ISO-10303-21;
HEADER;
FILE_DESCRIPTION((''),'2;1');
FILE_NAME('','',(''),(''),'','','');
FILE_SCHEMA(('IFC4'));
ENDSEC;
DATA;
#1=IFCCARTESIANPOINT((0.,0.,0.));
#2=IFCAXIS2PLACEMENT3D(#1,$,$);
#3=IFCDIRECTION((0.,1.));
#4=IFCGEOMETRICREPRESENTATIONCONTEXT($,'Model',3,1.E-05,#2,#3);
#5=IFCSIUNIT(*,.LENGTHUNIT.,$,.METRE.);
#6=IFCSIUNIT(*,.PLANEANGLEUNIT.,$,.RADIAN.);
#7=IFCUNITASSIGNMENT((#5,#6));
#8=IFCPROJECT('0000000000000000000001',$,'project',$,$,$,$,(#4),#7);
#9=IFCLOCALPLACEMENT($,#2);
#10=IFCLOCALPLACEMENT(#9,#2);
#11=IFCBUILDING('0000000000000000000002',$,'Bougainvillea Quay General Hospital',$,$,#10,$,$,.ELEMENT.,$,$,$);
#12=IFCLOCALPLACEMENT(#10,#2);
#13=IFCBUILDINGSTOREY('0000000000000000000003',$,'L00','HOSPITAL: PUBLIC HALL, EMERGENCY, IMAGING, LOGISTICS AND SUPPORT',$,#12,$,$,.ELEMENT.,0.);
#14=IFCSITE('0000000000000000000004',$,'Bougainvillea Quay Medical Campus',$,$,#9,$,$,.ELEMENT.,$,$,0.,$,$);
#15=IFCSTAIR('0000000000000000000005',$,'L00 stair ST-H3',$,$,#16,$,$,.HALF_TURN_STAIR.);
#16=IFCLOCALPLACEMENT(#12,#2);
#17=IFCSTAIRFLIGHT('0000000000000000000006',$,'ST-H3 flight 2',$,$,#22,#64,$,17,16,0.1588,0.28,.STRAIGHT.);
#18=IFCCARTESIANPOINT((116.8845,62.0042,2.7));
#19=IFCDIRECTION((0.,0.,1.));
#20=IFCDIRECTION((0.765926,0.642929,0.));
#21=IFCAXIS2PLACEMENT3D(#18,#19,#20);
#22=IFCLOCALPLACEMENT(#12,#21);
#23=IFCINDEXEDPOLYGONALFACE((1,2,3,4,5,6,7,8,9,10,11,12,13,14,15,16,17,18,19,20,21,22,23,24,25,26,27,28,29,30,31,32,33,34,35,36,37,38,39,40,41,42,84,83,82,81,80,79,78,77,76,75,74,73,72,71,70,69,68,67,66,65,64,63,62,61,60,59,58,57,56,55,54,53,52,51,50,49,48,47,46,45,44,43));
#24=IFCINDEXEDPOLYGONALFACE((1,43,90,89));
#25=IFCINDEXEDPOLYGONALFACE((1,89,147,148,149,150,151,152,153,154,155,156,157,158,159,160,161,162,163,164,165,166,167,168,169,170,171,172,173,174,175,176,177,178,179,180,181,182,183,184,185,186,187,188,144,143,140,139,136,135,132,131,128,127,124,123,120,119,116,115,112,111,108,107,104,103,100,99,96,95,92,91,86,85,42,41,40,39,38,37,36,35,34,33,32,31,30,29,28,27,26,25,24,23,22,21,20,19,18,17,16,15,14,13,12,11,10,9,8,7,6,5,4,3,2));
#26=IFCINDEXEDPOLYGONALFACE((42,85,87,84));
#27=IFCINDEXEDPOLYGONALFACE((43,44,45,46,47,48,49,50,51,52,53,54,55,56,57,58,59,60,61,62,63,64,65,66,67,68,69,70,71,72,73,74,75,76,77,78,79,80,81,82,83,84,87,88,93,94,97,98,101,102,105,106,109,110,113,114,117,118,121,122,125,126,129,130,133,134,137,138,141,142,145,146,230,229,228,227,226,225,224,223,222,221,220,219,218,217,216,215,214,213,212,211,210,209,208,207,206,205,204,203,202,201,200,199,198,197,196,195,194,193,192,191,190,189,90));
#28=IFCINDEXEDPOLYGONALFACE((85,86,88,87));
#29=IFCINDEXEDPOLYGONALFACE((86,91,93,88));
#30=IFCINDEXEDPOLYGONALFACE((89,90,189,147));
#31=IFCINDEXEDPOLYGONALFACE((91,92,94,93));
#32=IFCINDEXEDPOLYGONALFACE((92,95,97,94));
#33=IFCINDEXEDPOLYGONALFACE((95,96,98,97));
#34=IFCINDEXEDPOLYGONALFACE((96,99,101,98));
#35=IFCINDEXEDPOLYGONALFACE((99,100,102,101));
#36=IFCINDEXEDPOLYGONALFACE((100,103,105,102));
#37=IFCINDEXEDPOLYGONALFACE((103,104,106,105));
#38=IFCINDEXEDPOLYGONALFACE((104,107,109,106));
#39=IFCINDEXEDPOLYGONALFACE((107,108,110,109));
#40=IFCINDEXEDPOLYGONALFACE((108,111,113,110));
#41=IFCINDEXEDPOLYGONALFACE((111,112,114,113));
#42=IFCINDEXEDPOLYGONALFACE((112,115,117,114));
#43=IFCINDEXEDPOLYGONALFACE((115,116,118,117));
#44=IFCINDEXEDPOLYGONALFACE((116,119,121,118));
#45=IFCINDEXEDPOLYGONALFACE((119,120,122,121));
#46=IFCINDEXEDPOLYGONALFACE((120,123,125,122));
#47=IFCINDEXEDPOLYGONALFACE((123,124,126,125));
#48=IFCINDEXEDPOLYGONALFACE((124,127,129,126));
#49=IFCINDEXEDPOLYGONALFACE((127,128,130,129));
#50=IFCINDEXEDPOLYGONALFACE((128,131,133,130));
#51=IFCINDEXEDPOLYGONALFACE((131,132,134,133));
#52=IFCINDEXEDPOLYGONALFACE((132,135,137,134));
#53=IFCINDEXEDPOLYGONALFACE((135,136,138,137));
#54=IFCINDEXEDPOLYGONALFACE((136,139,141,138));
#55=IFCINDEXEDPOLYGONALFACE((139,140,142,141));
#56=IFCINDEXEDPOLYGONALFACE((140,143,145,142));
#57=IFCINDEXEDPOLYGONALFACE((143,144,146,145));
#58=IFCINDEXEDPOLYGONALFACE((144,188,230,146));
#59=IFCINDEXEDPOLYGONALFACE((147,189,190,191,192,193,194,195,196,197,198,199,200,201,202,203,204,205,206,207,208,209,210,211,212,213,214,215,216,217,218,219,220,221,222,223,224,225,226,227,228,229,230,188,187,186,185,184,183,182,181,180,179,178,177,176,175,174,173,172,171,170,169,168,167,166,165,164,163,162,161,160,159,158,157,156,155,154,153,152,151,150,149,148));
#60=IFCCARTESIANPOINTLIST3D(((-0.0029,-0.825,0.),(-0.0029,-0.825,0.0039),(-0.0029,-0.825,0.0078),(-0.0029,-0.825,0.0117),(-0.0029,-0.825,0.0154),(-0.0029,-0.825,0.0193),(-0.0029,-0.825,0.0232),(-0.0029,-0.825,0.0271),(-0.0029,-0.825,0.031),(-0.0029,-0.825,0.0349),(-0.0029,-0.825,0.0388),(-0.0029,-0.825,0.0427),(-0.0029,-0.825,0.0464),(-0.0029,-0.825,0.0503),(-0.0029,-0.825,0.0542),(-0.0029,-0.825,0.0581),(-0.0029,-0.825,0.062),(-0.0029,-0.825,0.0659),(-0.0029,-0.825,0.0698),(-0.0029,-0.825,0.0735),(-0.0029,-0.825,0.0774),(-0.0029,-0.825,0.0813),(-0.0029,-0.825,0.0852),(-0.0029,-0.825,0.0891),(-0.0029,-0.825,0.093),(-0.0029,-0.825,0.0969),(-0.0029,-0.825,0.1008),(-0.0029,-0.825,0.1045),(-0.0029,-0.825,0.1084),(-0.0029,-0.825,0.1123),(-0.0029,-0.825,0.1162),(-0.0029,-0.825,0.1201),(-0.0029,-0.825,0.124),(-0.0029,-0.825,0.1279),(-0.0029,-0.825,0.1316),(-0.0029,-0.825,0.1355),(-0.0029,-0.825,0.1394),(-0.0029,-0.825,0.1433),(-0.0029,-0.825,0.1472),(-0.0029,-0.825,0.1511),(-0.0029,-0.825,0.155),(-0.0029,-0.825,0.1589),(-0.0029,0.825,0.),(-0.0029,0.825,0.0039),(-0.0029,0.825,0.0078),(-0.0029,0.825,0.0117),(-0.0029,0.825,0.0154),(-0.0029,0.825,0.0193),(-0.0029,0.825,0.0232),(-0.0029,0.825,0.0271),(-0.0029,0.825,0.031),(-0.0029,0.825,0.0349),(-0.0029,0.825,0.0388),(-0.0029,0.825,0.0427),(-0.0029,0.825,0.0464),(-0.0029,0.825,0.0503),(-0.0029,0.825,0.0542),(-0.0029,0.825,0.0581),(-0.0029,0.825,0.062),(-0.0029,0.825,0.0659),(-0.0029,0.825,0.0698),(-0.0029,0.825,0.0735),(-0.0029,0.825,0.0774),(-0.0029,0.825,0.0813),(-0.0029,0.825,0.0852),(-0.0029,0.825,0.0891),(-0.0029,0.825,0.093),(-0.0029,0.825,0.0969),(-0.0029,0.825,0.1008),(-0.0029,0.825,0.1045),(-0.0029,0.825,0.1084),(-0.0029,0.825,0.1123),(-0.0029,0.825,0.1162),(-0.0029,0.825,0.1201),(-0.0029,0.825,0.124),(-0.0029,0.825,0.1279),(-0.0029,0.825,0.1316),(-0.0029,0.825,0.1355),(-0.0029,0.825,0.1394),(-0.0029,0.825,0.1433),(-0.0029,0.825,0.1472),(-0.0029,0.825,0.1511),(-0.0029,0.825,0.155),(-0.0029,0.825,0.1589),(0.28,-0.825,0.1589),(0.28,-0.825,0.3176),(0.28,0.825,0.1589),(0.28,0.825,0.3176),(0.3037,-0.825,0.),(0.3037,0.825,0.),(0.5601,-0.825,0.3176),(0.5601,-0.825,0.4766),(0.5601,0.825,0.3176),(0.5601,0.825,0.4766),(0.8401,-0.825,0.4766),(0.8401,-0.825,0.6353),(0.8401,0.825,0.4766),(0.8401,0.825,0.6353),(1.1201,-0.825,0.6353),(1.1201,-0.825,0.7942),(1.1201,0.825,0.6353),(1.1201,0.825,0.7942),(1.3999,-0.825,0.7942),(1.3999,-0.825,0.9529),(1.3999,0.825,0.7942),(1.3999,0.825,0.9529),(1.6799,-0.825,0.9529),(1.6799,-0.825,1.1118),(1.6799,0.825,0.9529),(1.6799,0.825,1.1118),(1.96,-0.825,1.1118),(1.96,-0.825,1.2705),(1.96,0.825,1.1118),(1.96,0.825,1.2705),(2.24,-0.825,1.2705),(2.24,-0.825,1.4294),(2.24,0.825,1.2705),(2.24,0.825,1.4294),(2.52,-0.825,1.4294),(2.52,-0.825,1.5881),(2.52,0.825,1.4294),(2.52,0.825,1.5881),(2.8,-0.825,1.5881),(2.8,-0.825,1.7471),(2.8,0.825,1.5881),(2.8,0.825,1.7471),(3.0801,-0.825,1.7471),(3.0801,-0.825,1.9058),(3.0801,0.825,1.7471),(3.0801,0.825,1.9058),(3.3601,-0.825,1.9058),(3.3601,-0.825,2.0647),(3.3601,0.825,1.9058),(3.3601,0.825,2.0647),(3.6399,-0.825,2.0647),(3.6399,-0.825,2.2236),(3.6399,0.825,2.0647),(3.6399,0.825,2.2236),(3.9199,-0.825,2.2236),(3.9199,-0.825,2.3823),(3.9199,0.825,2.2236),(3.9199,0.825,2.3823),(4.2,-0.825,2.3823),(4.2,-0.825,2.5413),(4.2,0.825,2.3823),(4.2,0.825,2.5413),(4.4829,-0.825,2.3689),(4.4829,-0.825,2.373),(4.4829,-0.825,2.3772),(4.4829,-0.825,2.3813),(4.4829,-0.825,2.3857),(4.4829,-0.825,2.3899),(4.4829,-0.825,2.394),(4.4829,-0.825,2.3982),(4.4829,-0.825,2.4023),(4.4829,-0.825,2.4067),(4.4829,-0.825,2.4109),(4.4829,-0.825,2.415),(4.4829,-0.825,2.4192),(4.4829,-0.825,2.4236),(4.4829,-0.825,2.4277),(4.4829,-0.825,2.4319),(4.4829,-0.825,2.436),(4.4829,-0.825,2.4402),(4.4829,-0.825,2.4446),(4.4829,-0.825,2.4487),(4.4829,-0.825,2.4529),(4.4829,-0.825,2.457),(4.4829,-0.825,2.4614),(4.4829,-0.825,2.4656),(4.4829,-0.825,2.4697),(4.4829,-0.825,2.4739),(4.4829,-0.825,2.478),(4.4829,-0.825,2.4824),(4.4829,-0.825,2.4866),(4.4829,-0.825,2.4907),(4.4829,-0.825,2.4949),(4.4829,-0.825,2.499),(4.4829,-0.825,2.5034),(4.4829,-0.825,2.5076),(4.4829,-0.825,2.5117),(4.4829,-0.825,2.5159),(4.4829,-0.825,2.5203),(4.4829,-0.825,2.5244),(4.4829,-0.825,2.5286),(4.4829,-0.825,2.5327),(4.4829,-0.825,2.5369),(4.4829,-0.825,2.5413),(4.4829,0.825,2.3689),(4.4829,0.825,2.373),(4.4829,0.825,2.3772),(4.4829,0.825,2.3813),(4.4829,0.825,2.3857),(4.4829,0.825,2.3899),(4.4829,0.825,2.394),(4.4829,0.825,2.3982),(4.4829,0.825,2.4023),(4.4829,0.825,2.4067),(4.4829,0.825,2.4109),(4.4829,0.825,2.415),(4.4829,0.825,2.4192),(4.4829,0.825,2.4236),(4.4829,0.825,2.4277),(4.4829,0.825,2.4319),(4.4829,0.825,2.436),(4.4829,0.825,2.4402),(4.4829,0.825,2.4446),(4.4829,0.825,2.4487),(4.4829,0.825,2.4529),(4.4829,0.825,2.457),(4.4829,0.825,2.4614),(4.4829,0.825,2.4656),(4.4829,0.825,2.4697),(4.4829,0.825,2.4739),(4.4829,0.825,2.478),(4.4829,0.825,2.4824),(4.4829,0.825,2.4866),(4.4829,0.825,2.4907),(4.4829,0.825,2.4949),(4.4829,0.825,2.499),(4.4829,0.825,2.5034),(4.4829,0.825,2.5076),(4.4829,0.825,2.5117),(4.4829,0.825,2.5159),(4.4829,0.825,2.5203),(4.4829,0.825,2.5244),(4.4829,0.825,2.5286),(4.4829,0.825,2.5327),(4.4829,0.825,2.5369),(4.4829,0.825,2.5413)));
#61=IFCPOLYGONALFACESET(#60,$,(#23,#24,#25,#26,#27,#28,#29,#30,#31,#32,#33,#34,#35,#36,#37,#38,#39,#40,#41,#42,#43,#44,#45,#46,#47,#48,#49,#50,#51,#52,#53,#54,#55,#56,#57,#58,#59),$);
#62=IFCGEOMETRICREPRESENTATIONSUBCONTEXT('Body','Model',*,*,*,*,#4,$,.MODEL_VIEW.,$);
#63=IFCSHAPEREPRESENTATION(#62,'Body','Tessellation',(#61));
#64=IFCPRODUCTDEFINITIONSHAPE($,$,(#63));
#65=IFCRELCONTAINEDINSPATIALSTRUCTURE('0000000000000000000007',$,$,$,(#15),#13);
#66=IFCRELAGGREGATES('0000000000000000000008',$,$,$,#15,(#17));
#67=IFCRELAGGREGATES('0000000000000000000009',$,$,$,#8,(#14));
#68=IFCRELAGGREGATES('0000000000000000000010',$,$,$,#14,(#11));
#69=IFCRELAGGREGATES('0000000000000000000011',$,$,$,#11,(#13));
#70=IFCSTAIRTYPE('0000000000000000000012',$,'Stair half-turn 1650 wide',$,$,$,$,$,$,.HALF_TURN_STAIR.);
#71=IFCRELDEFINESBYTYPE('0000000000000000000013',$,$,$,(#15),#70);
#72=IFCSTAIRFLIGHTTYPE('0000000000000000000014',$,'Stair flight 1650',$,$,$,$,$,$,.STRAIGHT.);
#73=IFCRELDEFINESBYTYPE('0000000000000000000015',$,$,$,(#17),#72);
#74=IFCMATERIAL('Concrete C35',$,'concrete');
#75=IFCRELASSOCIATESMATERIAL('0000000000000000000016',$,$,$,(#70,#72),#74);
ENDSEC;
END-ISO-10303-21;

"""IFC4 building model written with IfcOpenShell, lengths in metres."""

from ifc_helpers import new_model, si_unit, direction, frame, origin, place, context, subcontext, project, spatial, polyline, outline, extrude, material, type_object, element, aggregate, save


model = new_model("IFC4")

# Units and contexts
model_context = context("Model", 3, precision=1e-05, world=origin(), true_north=direction((0.0, 1.0)))
body_context = subcontext(model_context, "Body", "Model", "MODEL_VIEW")
ifc_project = project(units=[si_unit("LENGTHUNIT", "METRE"), si_unit("PLANEANGLEUNIT", "RADIAN")], contexts=[model_context])

# Site, building, storey
site_placement = place(None, origin())
site = spatial("IfcSite", under=ifc_project, at=site_placement, Name="Bougainvillea Quay Medical Campus", CompositionType="ELEMENT", RefElevation=0.0)
building_placement = place(site_placement, origin())
building = spatial("IfcBuilding", under=site, at=building_placement, Name="Bougainvillea Quay General Hospital", CompositionType="ELEMENT")
storey_placement = place(building_placement, origin())
storey = spatial("IfcBuildingStorey", under=building, at=storey_placement, Name="L00", Description="HOSPITAL: PUBLIC HALL, EMERGENCY, IMAGING, LOGISTICS AND SUPPORT", CompositionType="ELEMENT", Elevation=0.0)

# Stair, stair flight
ifc_material_1 = material(Name="Concrete C35", Category="concrete")
stair_type = type_object("IfcStairType", Name="Stair half-turn 1650 wide", PredefinedType="HALF_TURN_STAIR", material=ifc_material_1)
stair_placement = place(storey_placement, origin())
stair = element("IfcStair", 1, at=stair_placement, inside=storey, type_object=stair_type, Name="L00 stair ST-H3", PredefinedType="HALF_TURN_STAIR")
stair_flight_type = type_object("IfcStairFlightType", Name="Stair flight 1650", PredefinedType="STRAIGHT", material=ifc_material_1)
stair_flight_1_placement = place(storey_placement, frame((116.8845, 62.0042, 2.7), z_axis=(0.0, 0.0, 1.0), x_axis=(0.765926, 0.642929, 0.0)))
stair_flight_1 = element("IfcStairFlight", 2, at=stair_flight_1_placement, type_object=stair_flight_type, Name="ST-H3 flight 2", NumberOfRisers=17, NumberOfTreads=16, PredefinedType="STRAIGHT", RiserHeight=0.1588, TreadLength=0.28, context=body_context, shape_type="SweptSolid", body=[
    extrude(outline(polyline([(-0.0029, 0.0), (-0.0029, 0.0039), (-0.0029, 0.0078), (-0.0029, 0.0117), (-0.0029, 0.0154), (-0.0029, 0.0193), (-0.0029, 0.0232), (-0.0029, 0.0271), (-0.0029, 0.031), (-0.0029, 0.0349), (-0.0029, 0.0388), (-0.0029, 0.0427), (-0.0029, 0.0464), (-0.0029, 0.0503), (-0.0029, 0.0542), (-0.0029, 0.0581), (-0.0029, 0.062), (-0.0029, 0.0659), (-0.0029, 0.0698), (-0.0029, 0.0735), (-0.0029, 0.0774), (-0.0029, 0.0813), (-0.0029, 0.0852), (-0.0029, 0.0891), (-0.0029, 0.093), (-0.0029, 0.0969), (-0.0029, 0.1008), (-0.0029, 0.1045), (-0.0029, 0.1084), (-0.0029, 0.1123), (-0.0029, 0.1162), (-0.0029, 0.1201), (-0.0029, 0.124), (-0.0029, 0.1279), (-0.0029, 0.1316), (-0.0029, 0.1355), (-0.0029, 0.1394), (-0.0029, 0.1433), (-0.0029, 0.1472), (-0.0029, 0.1511), (-0.0029, 0.155), (-0.0029, 0.1589), (0.28, 0.1589), (0.28, 0.3176), (0.5601, 0.3176), (0.5601, 0.4766), (0.8401, 0.4766), (0.8401, 0.6353), (1.1201, 0.6353), (1.1201, 0.7942), (1.3999, 0.7942), (1.3999, 0.9529), (1.6799, 0.9529), (1.6799, 1.1118), (1.96, 1.1118), (1.96, 1.2705), (2.24, 1.2705), (2.24, 1.4294), (2.52, 1.4294), (2.52, 1.5881), (2.8, 1.5881), (2.8, 1.7471), (3.0801, 1.7471), (3.0801, 1.9058), (3.3601, 1.9058), (3.3601, 2.0647), (3.6399, 2.0647), (3.6399, 2.2236), (3.9199, 2.2236), (3.9199, 2.3823), (4.2, 2.3823), (4.2, 2.5413), (4.4829, 2.5413), (4.4829, 2.5369), (4.4829, 2.5327), (4.4829, 2.5286), (4.4829, 2.5244), (4.4829, 2.5203), (4.4829, 2.5159), (4.4829, 2.5117), (4.4829, 2.5076), (4.4829, 2.5034), (4.4829, 2.499), (4.4829, 2.4949), (4.4829, 2.4907), (4.4829, 2.4866), (4.4829, 2.4824), (4.4829, 2.478), (4.4829, 2.4739), (4.4829, 2.4697), (4.4829, 2.4656), (4.4829, 2.4614), (4.4829, 2.457), (4.4829, 2.4529), (4.4829, 2.4487), (4.4829, 2.4446), (4.4829, 2.4402), (4.4829, 2.436), (4.4829, 2.4319), (4.4829, 2.4277), (4.4829, 2.4236), (4.4829, 2.4192), (4.4829, 2.415), (4.4829, 2.4109), (4.4829, 2.4067), (4.4829, 2.4023), (4.4829, 2.3982), (4.4829, 2.394), (4.4829, 2.3899), (4.4829, 2.3857), (4.4829, 2.3813), (4.4829, 2.3772), (4.4829, 2.373), (4.4829, 2.3689), (0.3037, 0.0), (-0.0029, 0.0)])), frame((0.0, 0.825, 0.0), z_axis=(0.0, -1.0, 0.0), x_axis=(1.0, 0.0, 0.0)), (0.0, 0.0, 1.0), 1.6499),
])
aggregate(stair, [stair_flight_1])

save(model, "model.ifc")
